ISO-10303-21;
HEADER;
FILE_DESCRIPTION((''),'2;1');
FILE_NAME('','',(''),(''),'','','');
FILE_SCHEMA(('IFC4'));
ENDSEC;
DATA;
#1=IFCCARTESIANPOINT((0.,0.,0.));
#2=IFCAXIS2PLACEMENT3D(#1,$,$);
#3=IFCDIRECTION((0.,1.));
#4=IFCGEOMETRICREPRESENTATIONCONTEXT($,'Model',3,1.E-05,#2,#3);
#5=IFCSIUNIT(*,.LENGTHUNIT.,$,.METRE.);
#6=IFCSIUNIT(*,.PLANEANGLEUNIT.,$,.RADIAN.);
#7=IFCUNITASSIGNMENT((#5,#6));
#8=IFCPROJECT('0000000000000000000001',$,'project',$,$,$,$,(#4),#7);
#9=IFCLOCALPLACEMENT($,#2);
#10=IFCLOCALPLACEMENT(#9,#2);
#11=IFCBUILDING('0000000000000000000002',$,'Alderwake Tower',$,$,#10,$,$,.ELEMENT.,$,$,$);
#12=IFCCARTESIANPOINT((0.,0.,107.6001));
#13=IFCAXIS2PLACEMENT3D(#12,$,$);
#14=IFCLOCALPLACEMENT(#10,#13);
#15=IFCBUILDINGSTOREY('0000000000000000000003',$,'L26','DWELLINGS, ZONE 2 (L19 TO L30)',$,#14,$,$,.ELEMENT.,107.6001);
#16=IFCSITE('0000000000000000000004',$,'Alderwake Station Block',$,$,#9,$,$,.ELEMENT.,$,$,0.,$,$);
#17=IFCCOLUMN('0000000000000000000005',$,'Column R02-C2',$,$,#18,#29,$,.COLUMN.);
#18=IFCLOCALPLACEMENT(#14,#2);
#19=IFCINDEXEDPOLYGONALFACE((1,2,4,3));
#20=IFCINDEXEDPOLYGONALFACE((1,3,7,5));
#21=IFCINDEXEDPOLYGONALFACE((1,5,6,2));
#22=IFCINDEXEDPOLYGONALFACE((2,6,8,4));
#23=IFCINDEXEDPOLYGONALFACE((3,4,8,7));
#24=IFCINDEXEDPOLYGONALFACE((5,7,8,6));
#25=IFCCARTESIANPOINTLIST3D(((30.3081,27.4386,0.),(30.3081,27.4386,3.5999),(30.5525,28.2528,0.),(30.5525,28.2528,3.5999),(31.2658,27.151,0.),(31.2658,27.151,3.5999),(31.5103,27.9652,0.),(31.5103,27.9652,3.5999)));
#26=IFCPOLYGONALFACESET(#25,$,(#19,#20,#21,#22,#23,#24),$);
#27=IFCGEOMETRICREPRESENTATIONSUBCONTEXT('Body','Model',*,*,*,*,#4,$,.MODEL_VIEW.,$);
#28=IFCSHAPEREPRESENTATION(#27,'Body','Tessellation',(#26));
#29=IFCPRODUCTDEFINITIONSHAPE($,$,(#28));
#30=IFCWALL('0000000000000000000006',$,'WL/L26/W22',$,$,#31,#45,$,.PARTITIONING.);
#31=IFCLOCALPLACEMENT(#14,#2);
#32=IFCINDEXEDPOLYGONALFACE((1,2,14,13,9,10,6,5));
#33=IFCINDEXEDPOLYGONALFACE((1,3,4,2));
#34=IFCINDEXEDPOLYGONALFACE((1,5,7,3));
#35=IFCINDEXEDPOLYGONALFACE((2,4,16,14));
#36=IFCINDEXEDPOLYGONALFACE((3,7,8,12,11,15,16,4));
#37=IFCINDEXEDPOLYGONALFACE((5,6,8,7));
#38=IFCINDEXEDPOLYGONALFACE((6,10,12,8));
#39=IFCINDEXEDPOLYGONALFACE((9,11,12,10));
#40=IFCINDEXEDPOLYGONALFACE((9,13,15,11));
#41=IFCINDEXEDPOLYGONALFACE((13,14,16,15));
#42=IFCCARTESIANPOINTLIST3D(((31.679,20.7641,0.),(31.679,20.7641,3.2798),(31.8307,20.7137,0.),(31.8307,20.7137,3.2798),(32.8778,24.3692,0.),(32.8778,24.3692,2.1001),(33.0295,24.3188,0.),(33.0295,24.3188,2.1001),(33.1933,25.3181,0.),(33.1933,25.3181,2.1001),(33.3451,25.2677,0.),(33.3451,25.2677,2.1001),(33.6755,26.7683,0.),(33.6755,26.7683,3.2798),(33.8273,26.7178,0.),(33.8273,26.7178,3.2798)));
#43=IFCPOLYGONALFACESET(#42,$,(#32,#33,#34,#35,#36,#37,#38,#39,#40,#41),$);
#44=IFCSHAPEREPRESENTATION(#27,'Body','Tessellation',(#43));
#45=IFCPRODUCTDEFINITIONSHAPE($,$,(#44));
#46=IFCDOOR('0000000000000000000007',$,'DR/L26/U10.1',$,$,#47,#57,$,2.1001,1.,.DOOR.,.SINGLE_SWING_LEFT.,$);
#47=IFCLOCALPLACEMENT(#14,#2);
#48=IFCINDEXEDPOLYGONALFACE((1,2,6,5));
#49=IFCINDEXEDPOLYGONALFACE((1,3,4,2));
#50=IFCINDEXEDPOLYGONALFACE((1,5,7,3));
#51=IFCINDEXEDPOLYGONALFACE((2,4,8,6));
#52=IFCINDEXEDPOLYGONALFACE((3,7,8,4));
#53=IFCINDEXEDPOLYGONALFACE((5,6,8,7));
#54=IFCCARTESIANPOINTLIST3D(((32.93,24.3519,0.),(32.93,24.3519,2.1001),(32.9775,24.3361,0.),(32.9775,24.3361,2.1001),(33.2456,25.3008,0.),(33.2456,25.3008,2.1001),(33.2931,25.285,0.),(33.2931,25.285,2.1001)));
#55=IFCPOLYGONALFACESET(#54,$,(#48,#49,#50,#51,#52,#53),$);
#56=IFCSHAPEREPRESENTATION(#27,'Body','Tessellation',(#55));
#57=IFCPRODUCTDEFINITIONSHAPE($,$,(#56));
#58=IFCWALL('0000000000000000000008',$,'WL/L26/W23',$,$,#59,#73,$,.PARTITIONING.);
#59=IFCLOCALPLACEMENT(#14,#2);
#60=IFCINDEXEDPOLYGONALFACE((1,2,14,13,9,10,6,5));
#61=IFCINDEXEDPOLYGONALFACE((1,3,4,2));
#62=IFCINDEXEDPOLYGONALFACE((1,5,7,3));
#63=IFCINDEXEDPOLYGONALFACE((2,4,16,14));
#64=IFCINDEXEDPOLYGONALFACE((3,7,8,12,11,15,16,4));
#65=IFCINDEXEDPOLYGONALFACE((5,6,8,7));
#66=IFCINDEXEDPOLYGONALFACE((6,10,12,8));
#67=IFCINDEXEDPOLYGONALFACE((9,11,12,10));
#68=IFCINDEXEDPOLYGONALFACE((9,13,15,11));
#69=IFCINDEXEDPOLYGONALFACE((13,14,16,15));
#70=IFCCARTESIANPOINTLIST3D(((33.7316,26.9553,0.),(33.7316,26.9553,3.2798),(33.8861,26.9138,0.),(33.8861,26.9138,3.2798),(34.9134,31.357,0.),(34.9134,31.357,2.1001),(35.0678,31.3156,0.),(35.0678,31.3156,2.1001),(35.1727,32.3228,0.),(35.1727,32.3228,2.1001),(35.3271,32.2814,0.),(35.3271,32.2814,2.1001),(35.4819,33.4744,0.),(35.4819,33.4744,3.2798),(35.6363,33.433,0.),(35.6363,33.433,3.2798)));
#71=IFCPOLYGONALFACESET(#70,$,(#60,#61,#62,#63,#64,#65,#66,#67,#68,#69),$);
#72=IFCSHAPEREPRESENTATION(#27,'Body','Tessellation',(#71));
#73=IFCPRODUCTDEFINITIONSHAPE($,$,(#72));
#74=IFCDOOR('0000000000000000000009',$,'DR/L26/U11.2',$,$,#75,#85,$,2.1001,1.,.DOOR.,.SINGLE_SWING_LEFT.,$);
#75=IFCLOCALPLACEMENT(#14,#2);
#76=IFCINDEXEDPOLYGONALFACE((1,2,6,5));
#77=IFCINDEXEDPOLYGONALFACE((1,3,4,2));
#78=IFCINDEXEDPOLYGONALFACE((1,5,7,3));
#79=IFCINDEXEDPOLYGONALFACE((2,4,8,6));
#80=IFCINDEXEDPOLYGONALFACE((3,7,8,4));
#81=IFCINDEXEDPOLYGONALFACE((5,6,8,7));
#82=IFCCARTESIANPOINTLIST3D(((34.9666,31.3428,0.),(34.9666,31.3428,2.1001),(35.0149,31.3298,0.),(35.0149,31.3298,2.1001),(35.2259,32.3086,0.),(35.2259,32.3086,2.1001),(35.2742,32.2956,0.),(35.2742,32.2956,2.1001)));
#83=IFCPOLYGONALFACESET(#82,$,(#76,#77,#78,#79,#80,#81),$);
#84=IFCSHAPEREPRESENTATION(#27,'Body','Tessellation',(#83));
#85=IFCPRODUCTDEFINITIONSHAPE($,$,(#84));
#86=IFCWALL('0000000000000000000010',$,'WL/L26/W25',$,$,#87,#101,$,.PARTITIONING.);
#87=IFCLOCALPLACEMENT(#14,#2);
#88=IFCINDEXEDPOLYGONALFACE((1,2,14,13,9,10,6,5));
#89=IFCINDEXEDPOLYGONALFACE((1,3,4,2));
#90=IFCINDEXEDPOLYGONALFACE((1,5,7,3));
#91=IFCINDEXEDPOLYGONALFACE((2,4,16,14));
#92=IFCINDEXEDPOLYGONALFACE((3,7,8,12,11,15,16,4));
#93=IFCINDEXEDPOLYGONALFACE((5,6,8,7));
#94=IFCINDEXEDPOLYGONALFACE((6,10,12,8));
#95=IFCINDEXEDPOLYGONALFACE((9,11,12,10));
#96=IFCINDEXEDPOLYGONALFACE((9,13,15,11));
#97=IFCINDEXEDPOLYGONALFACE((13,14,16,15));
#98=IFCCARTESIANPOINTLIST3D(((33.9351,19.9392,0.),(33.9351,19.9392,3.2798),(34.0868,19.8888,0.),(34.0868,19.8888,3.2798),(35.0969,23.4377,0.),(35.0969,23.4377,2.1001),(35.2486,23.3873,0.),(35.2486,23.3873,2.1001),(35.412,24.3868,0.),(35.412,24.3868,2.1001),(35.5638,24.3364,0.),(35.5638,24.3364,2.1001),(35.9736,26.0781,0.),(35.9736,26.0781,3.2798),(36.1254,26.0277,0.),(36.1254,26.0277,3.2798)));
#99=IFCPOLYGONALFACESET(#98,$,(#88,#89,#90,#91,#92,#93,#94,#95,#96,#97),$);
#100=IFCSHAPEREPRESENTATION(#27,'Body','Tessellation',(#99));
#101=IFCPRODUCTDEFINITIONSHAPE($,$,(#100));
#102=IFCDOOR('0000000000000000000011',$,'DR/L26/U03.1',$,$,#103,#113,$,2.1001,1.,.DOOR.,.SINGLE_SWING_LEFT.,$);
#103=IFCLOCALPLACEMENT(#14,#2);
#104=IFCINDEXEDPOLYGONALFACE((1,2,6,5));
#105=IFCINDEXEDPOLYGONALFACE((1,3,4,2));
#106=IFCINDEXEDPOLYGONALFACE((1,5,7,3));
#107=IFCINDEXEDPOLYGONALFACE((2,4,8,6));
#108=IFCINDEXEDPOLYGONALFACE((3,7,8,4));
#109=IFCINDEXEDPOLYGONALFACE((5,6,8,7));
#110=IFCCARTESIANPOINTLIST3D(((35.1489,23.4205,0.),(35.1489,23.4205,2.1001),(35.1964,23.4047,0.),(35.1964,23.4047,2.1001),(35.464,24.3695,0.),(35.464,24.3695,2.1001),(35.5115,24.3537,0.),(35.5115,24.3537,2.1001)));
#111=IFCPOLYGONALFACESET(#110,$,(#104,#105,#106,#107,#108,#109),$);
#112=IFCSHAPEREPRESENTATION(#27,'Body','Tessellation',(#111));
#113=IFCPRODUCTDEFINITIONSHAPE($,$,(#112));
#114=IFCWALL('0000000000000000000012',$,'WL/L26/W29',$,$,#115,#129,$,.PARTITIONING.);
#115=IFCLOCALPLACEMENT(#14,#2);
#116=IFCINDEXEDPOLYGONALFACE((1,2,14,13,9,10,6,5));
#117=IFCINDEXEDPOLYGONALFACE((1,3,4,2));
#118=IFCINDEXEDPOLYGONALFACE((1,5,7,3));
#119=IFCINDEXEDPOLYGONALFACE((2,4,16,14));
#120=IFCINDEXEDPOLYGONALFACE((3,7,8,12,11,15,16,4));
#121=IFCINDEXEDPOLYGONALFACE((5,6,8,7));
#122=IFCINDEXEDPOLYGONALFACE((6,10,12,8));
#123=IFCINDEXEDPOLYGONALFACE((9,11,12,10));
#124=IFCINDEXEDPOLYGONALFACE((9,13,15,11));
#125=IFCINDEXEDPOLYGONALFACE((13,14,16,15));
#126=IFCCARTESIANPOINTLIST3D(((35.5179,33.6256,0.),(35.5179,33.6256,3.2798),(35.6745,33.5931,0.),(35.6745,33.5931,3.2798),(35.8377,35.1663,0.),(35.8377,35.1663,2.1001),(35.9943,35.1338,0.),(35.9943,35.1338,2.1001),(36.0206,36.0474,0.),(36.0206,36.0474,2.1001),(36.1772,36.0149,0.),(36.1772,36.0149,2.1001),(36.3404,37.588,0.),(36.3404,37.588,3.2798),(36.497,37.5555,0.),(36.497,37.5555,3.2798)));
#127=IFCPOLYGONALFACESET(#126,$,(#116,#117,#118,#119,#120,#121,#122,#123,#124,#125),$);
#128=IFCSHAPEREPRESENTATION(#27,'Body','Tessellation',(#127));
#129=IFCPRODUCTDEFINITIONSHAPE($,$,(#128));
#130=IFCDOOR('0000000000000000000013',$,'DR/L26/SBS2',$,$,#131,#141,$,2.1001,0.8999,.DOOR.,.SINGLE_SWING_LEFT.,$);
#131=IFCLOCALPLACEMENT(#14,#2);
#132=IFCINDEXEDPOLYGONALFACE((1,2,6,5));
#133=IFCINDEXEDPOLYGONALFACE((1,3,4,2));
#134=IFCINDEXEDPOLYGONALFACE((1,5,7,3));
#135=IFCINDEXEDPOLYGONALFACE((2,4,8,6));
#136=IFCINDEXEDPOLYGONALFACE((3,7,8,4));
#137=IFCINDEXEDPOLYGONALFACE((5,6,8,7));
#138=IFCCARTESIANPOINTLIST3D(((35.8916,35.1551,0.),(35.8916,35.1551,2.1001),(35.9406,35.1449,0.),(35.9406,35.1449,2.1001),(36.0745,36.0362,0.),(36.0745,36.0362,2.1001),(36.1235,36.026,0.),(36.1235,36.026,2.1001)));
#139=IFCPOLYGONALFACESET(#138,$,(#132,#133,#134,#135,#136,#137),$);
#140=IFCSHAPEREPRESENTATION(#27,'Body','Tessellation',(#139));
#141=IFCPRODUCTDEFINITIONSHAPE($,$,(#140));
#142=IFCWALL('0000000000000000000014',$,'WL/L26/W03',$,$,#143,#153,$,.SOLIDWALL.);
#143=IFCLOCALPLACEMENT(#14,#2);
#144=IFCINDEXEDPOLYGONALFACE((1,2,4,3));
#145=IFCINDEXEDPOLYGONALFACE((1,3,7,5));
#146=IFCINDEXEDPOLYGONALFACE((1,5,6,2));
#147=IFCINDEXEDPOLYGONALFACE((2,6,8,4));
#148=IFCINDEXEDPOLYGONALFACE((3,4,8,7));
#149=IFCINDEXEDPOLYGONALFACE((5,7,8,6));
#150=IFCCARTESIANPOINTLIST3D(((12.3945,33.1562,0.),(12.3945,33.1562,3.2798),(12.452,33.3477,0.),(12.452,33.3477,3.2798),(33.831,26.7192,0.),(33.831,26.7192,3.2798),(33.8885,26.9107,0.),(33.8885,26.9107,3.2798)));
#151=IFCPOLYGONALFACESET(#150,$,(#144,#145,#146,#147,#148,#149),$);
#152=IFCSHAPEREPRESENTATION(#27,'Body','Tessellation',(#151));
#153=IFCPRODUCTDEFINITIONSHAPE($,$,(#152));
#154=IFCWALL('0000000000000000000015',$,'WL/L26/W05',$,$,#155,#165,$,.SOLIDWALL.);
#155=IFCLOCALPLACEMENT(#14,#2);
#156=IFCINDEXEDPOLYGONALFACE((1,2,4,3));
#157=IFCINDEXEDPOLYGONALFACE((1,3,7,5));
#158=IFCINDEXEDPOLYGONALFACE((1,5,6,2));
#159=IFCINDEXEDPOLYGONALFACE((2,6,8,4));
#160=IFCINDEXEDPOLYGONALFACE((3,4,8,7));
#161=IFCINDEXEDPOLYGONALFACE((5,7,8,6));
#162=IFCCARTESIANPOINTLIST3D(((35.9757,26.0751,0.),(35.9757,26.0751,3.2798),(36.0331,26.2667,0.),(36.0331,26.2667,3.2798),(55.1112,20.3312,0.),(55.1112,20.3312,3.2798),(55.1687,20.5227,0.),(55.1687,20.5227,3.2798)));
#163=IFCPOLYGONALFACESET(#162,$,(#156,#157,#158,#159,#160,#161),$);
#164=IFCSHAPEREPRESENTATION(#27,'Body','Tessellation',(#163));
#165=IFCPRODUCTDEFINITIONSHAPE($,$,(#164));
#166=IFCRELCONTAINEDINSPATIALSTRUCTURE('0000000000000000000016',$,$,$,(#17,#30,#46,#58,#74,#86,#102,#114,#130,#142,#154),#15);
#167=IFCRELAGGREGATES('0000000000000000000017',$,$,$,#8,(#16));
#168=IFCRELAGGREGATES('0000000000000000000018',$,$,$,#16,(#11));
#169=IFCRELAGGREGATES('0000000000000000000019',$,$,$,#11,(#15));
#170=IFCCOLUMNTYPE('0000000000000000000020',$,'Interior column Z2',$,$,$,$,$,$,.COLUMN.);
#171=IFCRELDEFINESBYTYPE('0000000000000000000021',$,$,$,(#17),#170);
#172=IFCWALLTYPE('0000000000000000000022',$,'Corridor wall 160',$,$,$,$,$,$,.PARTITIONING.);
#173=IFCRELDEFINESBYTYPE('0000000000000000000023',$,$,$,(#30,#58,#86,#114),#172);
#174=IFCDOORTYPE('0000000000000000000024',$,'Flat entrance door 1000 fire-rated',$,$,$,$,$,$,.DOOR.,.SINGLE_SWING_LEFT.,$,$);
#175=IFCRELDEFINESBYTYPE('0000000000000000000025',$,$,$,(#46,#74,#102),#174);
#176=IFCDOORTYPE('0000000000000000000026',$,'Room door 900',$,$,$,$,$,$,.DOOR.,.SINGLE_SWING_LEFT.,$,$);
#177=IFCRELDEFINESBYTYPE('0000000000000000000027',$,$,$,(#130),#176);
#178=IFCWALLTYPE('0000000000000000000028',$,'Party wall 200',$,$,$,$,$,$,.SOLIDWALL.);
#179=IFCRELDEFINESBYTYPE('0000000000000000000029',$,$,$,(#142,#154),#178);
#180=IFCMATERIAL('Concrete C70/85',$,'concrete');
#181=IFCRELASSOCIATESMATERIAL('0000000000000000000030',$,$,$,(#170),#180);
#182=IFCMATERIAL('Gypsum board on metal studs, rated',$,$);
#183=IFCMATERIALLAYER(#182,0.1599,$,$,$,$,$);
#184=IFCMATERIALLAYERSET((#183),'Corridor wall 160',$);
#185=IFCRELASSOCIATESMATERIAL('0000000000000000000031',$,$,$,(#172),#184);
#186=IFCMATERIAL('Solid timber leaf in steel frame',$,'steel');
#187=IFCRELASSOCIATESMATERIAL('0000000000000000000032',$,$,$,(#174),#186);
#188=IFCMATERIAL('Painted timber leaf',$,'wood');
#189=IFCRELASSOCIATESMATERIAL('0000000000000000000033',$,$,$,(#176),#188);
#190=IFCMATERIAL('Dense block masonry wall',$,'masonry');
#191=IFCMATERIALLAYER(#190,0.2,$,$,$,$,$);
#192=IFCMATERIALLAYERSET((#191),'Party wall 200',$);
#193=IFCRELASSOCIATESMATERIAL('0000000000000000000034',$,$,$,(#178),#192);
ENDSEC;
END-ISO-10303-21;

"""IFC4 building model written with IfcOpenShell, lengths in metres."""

from ifc_helpers import new_model, si_unit, direction, frame, frame_2d, origin, origin_2d, place, context, subcontext, project, spatial, rectangle, extrude, material, layer, layer_set, material_profile, profile_set, type_object, element, fill, save


model = new_model("IFC4")

# Units and contexts
model_context = context("Model", 3, precision=1e-05, world=origin(), true_north=direction((0.0, 1.0)))
body_context = subcontext(model_context, "Body", "Model", "MODEL_VIEW")
ifc_project = project(units=[si_unit("LENGTHUNIT", "METRE"), si_unit("PLANEANGLEUNIT", "RADIAN")], contexts=[model_context])

# Site, building, storey
site_placement = place(None, origin())
site = spatial("IfcSite", under=ifc_project, at=site_placement, Name="Alderwake Station Block", CompositionType="ELEMENT", RefElevation=0.0)
building_placement = place(site_placement, origin())
building = spatial("IfcBuilding", under=site, at=building_placement, Name="Alderwake Tower", CompositionType="ELEMENT")
storey_placement = place(building_placement, frame((0.0, 0.0, 107.6001)))
storey = spatial("IfcBuildingStorey", under=building, at=storey_placement, Name="L26", Description="DWELLINGS, ZONE 2 (L19 TO L30)", CompositionType="ELEMENT", Elevation=107.6001)

# Column
ifc_material_1 = material(Name="Concrete C70/85", Category="concrete")
ifc_material_profile = material_profile(ifc_material_1, rectangle(XDim=0.8501, YDim=1.0, at=origin_2d()), Name="RC 1000X850")
ifc_profile_set = profile_set([ifc_material_profile], Name="Concrete C70/85")
column_type = type_object("IfcColumnType", Name="Interior column Z2", PredefinedType="COLUMN", material=ifc_profile_set)
column_placement = place(storey_placement, frame((30.9092, 27.7019, 0.0), z_axis=(0.0, 0.0, 1.0), x_axis=(0.287549, 0.957766, 0.0)))
element("IfcColumn", 1, at=column_placement, inside=storey, type_object=column_type, Name="Column R02-C2", PredefinedType="COLUMN", context=body_context, shape_type="SweptSolid", body=[
    extrude(rectangle(XDim=0.8501, YDim=1.0, at=origin_2d()), origin(), (0.0, 0.0, 1.0), 3.5999),
])

# Walls, openings, doors
ifc_material_2 = material(Name="Gypsum board on metal studs, rated")
ifc_layer_1 = layer(ifc_material_2, 0.1599)
ifc_layer_set_1 = layer_set([ifc_layer_1], Name="Corridor wall 160")
wall_type_1 = type_object("IfcWallType", Name="Corridor wall 160", PredefinedType="PARTITIONING", material=ifc_layer_set_1)
wall_1_placement = place(storey_placement, frame((31.7549, 20.739, 0.0), z_axis=(0.0, 0.0, 1.0), x_axis=(0.315545, 0.948911, 0.0)))
wall_1 = element("IfcWall", 2, at=wall_1_placement, inside=storey, type_object=wall_type_1, Name="WL/L26/W22", PredefinedType="PARTITIONING", context=body_context, shape_type="SweptSolid", body=[
    extrude(rectangle(XDim=6.3274, YDim=0.1599, at=frame_2d((3.1636, 0.0))), origin(), (0.0, 0.0, 1.0), 3.2798),
])
opening_1_placement = place(wall_1_placement, frame((3.7991, 0.0, 0.0)))
opening_1 = element("IfcOpeningElement", 3, at=opening_1_placement, cuts=wall_1, PredefinedType="OPENING", context=body_context, shape_type="SweptSolid", body=[
    extrude(rectangle(XDim=1.0, YDim=2.1001, at=frame_2d((0.5, 1.05))), frame((0.0, 0.0898, 0.0), z_axis=(0.0, -1.0, 0.0), x_axis=(1.0, 0.0, 0.0)), (0.0, 0.0, 1.0), 0.1799),
])
ifc_material_3 = material(Name="Solid timber leaf in steel frame", Category="steel")
door_type_1 = type_object("IfcDoorType", Name="Flat entrance door 1000 fire-rated", OperationType="SINGLE_SWING_LEFT", PredefinedType="DOOR", material=ifc_material_3)
door_1_placement = place(opening_1_placement, origin())
door_1 = element("IfcDoor", 4, at=door_1_placement, inside=storey, type_object=door_type_1, Name="DR/L26/U10.1", OperationType="SINGLE_SWING_LEFT", OverallHeight=2.1001, OverallWidth=1.0, PredefinedType="DOOR", context=body_context, shape_type="SweptSolid", body=[
    extrude(rectangle(XDim=1.0, YDim=2.1001, at=frame_2d((0.5, 1.05))), frame((0.0, 0.0249, 0.0), z_axis=(0.0, -1.0, 0.0), x_axis=(1.0, 0.0, 0.0)), (0.0, 0.0, 1.0), 0.05),
])
fill(opening_1, door_1)
wall_2_placement = place(storey_placement, frame((33.8088, 26.9346, 0.0), z_axis=(0.0, 0.0, 1.0), x_axis=(0.259299, 0.965797, 0.0)))
wall_2 = element("IfcWall", 5, at=wall_2_placement, inside=storey, type_object=wall_type_1, Name="WL/L26/W23", PredefinedType="PARTITIONING", context=body_context, shape_type="SweptSolid", body=[
    extrude(rectangle(XDim=6.75, YDim=0.1599, at=frame_2d((3.375, 0.0))), origin(), (0.0, 0.0, 1.0), 3.2798),
])
opening_2_placement = place(wall_2_placement, frame((4.5576, 0.0, 0.0)))
opening_2 = element("IfcOpeningElement", 6, at=opening_2_placement, cuts=wall_2, PredefinedType="OPENING", context=body_context, shape_type="SweptSolid", body=[
    extrude(rectangle(XDim=1.0, YDim=2.1001, at=frame_2d((0.5, 1.05))), frame((0.0, 0.0898, 0.0), z_axis=(0.0, -1.0, 0.0), x_axis=(1.0, 0.0, 0.0)), (0.0, 0.0, 1.0), 0.1799),
])
door_2_placement = place(opening_2_placement, origin())
door_2 = element("IfcDoor", 7, at=door_2_placement, inside=storey, type_object=door_type_1, Name="DR/L26/U11.2", OperationType="SINGLE_SWING_LEFT", OverallHeight=2.1001, OverallWidth=1.0, PredefinedType="DOOR", context=body_context, shape_type="SweptSolid", body=[
    extrude(rectangle(XDim=1.0, YDim=2.1001, at=frame_2d((0.5, 1.05))), frame((0.0, 0.0249, 0.0), z_axis=(0.0, -1.0, 0.0), x_axis=(1.0, 0.0, 0.0)), (0.0, 0.0, 1.0), 0.05),
])
fill(opening_2, door_2)
wall_3_placement = place(storey_placement, frame((36.0496, 26.053, 0.0), z_axis=(0.0, 0.0, 1.0), x_axis=(-0.315152, -0.949041, 0.0)))
wall_3 = element("IfcWall", 8, at=wall_3_placement, inside=storey, type_object=wall_type_1, Name="WL/L26/W25", PredefinedType="PARTITIONING", context=body_context, shape_type="SweptSolid", body=[
    extrude(rectangle(XDim=6.4685, YDim=0.1599, at=frame_2d((3.2344, 0.0))), origin(), (0.0, 0.0, 1.0), 3.2798),
])
opening_3_placement = place(wall_3_placement, frame((1.7822, 0.0, 0.0)))
opening_3 = element("IfcOpeningElement", 9, at=opening_3_placement, cuts=wall_3, PredefinedType="OPENING", context=body_context, shape_type="SweptSolid", body=[
    extrude(rectangle(XDim=1.0, YDim=2.1001, at=frame_2d((0.5, 1.05))), frame((0.0, 0.0898, 0.0), z_axis=(0.0, -1.0, 0.0), x_axis=(1.0, 0.0, 0.0)), (0.0, 0.0, 1.0), 0.1799),
])
door_3_placement = place(opening_3_placement, origin())
door_3 = element("IfcDoor", 10, at=door_3_placement, inside=storey, type_object=door_type_1, Name="DR/L26/U03.1", OperationType="SINGLE_SWING_LEFT", OverallHeight=2.1001, OverallWidth=1.0, PredefinedType="DOOR", context=body_context, shape_type="SweptSolid", body=[
    extrude(rectangle(XDim=1.0, YDim=2.1001, at=frame_2d((0.5, 1.05))), frame((0.0, 0.0249, 0.0), z_axis=(0.0, -1.0, 0.0), x_axis=(1.0, 0.0, 0.0)), (0.0, 0.0, 1.0), 0.05),
])
fill(opening_3, door_3)
wall_4_placement = place(storey_placement, frame((35.5962, 33.6094, 0.0), z_axis=(0.0, 0.0, 1.0), x_axis=(0.203246, 0.979128, 0.0)))
wall_4 = element("IfcWall", 11, at=wall_4_placement, inside=storey, type_object=wall_type_1, Name="WL/L26/W29", PredefinedType="PARTITIONING", context=body_context, shape_type="SweptSolid", body=[
    extrude(rectangle(XDim=4.0469, YDim=0.1599, at=frame_2d((2.0234, 0.0))), origin(), (0.0, 0.0, 1.0), 3.2798),
])
opening_4_placement = place(wall_4_placement, frame((1.5735, 0.0, 0.0)))
opening_4 = element("IfcOpeningElement", 12, at=opening_4_placement, cuts=wall_4, PredefinedType="OPENING", context=body_context, shape_type="SweptSolid", body=[
    extrude(rectangle(XDim=0.8999, YDim=2.1001, at=frame_2d((0.45, 1.05))), frame((0.0, 0.0898, 0.0), z_axis=(0.0, -1.0, 0.0), x_axis=(1.0, 0.0, 0.0)), (0.0, 0.0, 1.0), 0.1799),
])
ifc_material_4 = material(Name="Painted timber leaf", Category="wood")
door_type_2 = type_object("IfcDoorType", Name="Room door 900", OperationType="SINGLE_SWING_LEFT", PredefinedType="DOOR", material=ifc_material_4)
door_4_placement = place(opening_4_placement, origin())
door_4 = element("IfcDoor", 13, at=door_4_placement, inside=storey, type_object=door_type_2, Name="DR/L26/SBS2", OperationType="SINGLE_SWING_LEFT", OverallHeight=2.1001, OverallWidth=0.8999, PredefinedType="DOOR", context=body_context, shape_type="SweptSolid", body=[
    extrude(rectangle(XDim=0.8999, YDim=2.1001, at=frame_2d((0.45, 1.05))), frame((0.0, 0.0249, 0.0), z_axis=(0.0, -1.0, 0.0), x_axis=(1.0, 0.0, 0.0)), (0.0, 0.0, 1.0), 0.05),
])
fill(opening_4, door_4)

# Walls
ifc_material_5 = material(Name="Dense block masonry wall", Category="masonry")
ifc_layer_2 = layer(ifc_material_5, 0.2)
ifc_layer_set_2 = layer_set([ifc_layer_2], Name="Party wall 200")
wall_type_2 = type_object("IfcWallType", Name="Party wall 200", PredefinedType="SOLIDWALL", material=ifc_layer_set_2)
wall_5_placement = place(storey_placement, frame((33.8596, 26.8149, 0.0), z_axis=(0.0, 0.0, 1.0), x_axis=(-0.957752, 0.287596, 0.0)))
element("IfcWall", 14, at=wall_5_placement, inside=storey, type_object=wall_type_2, Name="WL/L26/W03", PredefinedType="SOLIDWALL", context=body_context, shape_type="SweptSolid", body=[
    extrude(rectangle(XDim=22.3821, YDim=0.2, at=frame_2d((11.1909, 0.0))), origin(), (0.0, 0.0, 1.0), 3.2798),
])
wall_6_placement = place(storey_placement, frame((36.0044, 26.1709, 0.0), z_axis=(0.0, 0.0, 1.0), x_axis=(0.957782, -0.287497, 0.0)))
element("IfcWall", 15, at=wall_6_placement, inside=storey, type_object=wall_type_2, Name="WL/L26/W05", PredefinedType="SOLIDWALL", context=body_context, shape_type="SweptSolid", body=[
    extrude(rectangle(XDim=19.979, YDim=0.2, at=frame_2d((9.9895, 0.0))), origin(), (0.0, 0.0, 1.0), 3.2798),
])

save(model, "model.ifc")
